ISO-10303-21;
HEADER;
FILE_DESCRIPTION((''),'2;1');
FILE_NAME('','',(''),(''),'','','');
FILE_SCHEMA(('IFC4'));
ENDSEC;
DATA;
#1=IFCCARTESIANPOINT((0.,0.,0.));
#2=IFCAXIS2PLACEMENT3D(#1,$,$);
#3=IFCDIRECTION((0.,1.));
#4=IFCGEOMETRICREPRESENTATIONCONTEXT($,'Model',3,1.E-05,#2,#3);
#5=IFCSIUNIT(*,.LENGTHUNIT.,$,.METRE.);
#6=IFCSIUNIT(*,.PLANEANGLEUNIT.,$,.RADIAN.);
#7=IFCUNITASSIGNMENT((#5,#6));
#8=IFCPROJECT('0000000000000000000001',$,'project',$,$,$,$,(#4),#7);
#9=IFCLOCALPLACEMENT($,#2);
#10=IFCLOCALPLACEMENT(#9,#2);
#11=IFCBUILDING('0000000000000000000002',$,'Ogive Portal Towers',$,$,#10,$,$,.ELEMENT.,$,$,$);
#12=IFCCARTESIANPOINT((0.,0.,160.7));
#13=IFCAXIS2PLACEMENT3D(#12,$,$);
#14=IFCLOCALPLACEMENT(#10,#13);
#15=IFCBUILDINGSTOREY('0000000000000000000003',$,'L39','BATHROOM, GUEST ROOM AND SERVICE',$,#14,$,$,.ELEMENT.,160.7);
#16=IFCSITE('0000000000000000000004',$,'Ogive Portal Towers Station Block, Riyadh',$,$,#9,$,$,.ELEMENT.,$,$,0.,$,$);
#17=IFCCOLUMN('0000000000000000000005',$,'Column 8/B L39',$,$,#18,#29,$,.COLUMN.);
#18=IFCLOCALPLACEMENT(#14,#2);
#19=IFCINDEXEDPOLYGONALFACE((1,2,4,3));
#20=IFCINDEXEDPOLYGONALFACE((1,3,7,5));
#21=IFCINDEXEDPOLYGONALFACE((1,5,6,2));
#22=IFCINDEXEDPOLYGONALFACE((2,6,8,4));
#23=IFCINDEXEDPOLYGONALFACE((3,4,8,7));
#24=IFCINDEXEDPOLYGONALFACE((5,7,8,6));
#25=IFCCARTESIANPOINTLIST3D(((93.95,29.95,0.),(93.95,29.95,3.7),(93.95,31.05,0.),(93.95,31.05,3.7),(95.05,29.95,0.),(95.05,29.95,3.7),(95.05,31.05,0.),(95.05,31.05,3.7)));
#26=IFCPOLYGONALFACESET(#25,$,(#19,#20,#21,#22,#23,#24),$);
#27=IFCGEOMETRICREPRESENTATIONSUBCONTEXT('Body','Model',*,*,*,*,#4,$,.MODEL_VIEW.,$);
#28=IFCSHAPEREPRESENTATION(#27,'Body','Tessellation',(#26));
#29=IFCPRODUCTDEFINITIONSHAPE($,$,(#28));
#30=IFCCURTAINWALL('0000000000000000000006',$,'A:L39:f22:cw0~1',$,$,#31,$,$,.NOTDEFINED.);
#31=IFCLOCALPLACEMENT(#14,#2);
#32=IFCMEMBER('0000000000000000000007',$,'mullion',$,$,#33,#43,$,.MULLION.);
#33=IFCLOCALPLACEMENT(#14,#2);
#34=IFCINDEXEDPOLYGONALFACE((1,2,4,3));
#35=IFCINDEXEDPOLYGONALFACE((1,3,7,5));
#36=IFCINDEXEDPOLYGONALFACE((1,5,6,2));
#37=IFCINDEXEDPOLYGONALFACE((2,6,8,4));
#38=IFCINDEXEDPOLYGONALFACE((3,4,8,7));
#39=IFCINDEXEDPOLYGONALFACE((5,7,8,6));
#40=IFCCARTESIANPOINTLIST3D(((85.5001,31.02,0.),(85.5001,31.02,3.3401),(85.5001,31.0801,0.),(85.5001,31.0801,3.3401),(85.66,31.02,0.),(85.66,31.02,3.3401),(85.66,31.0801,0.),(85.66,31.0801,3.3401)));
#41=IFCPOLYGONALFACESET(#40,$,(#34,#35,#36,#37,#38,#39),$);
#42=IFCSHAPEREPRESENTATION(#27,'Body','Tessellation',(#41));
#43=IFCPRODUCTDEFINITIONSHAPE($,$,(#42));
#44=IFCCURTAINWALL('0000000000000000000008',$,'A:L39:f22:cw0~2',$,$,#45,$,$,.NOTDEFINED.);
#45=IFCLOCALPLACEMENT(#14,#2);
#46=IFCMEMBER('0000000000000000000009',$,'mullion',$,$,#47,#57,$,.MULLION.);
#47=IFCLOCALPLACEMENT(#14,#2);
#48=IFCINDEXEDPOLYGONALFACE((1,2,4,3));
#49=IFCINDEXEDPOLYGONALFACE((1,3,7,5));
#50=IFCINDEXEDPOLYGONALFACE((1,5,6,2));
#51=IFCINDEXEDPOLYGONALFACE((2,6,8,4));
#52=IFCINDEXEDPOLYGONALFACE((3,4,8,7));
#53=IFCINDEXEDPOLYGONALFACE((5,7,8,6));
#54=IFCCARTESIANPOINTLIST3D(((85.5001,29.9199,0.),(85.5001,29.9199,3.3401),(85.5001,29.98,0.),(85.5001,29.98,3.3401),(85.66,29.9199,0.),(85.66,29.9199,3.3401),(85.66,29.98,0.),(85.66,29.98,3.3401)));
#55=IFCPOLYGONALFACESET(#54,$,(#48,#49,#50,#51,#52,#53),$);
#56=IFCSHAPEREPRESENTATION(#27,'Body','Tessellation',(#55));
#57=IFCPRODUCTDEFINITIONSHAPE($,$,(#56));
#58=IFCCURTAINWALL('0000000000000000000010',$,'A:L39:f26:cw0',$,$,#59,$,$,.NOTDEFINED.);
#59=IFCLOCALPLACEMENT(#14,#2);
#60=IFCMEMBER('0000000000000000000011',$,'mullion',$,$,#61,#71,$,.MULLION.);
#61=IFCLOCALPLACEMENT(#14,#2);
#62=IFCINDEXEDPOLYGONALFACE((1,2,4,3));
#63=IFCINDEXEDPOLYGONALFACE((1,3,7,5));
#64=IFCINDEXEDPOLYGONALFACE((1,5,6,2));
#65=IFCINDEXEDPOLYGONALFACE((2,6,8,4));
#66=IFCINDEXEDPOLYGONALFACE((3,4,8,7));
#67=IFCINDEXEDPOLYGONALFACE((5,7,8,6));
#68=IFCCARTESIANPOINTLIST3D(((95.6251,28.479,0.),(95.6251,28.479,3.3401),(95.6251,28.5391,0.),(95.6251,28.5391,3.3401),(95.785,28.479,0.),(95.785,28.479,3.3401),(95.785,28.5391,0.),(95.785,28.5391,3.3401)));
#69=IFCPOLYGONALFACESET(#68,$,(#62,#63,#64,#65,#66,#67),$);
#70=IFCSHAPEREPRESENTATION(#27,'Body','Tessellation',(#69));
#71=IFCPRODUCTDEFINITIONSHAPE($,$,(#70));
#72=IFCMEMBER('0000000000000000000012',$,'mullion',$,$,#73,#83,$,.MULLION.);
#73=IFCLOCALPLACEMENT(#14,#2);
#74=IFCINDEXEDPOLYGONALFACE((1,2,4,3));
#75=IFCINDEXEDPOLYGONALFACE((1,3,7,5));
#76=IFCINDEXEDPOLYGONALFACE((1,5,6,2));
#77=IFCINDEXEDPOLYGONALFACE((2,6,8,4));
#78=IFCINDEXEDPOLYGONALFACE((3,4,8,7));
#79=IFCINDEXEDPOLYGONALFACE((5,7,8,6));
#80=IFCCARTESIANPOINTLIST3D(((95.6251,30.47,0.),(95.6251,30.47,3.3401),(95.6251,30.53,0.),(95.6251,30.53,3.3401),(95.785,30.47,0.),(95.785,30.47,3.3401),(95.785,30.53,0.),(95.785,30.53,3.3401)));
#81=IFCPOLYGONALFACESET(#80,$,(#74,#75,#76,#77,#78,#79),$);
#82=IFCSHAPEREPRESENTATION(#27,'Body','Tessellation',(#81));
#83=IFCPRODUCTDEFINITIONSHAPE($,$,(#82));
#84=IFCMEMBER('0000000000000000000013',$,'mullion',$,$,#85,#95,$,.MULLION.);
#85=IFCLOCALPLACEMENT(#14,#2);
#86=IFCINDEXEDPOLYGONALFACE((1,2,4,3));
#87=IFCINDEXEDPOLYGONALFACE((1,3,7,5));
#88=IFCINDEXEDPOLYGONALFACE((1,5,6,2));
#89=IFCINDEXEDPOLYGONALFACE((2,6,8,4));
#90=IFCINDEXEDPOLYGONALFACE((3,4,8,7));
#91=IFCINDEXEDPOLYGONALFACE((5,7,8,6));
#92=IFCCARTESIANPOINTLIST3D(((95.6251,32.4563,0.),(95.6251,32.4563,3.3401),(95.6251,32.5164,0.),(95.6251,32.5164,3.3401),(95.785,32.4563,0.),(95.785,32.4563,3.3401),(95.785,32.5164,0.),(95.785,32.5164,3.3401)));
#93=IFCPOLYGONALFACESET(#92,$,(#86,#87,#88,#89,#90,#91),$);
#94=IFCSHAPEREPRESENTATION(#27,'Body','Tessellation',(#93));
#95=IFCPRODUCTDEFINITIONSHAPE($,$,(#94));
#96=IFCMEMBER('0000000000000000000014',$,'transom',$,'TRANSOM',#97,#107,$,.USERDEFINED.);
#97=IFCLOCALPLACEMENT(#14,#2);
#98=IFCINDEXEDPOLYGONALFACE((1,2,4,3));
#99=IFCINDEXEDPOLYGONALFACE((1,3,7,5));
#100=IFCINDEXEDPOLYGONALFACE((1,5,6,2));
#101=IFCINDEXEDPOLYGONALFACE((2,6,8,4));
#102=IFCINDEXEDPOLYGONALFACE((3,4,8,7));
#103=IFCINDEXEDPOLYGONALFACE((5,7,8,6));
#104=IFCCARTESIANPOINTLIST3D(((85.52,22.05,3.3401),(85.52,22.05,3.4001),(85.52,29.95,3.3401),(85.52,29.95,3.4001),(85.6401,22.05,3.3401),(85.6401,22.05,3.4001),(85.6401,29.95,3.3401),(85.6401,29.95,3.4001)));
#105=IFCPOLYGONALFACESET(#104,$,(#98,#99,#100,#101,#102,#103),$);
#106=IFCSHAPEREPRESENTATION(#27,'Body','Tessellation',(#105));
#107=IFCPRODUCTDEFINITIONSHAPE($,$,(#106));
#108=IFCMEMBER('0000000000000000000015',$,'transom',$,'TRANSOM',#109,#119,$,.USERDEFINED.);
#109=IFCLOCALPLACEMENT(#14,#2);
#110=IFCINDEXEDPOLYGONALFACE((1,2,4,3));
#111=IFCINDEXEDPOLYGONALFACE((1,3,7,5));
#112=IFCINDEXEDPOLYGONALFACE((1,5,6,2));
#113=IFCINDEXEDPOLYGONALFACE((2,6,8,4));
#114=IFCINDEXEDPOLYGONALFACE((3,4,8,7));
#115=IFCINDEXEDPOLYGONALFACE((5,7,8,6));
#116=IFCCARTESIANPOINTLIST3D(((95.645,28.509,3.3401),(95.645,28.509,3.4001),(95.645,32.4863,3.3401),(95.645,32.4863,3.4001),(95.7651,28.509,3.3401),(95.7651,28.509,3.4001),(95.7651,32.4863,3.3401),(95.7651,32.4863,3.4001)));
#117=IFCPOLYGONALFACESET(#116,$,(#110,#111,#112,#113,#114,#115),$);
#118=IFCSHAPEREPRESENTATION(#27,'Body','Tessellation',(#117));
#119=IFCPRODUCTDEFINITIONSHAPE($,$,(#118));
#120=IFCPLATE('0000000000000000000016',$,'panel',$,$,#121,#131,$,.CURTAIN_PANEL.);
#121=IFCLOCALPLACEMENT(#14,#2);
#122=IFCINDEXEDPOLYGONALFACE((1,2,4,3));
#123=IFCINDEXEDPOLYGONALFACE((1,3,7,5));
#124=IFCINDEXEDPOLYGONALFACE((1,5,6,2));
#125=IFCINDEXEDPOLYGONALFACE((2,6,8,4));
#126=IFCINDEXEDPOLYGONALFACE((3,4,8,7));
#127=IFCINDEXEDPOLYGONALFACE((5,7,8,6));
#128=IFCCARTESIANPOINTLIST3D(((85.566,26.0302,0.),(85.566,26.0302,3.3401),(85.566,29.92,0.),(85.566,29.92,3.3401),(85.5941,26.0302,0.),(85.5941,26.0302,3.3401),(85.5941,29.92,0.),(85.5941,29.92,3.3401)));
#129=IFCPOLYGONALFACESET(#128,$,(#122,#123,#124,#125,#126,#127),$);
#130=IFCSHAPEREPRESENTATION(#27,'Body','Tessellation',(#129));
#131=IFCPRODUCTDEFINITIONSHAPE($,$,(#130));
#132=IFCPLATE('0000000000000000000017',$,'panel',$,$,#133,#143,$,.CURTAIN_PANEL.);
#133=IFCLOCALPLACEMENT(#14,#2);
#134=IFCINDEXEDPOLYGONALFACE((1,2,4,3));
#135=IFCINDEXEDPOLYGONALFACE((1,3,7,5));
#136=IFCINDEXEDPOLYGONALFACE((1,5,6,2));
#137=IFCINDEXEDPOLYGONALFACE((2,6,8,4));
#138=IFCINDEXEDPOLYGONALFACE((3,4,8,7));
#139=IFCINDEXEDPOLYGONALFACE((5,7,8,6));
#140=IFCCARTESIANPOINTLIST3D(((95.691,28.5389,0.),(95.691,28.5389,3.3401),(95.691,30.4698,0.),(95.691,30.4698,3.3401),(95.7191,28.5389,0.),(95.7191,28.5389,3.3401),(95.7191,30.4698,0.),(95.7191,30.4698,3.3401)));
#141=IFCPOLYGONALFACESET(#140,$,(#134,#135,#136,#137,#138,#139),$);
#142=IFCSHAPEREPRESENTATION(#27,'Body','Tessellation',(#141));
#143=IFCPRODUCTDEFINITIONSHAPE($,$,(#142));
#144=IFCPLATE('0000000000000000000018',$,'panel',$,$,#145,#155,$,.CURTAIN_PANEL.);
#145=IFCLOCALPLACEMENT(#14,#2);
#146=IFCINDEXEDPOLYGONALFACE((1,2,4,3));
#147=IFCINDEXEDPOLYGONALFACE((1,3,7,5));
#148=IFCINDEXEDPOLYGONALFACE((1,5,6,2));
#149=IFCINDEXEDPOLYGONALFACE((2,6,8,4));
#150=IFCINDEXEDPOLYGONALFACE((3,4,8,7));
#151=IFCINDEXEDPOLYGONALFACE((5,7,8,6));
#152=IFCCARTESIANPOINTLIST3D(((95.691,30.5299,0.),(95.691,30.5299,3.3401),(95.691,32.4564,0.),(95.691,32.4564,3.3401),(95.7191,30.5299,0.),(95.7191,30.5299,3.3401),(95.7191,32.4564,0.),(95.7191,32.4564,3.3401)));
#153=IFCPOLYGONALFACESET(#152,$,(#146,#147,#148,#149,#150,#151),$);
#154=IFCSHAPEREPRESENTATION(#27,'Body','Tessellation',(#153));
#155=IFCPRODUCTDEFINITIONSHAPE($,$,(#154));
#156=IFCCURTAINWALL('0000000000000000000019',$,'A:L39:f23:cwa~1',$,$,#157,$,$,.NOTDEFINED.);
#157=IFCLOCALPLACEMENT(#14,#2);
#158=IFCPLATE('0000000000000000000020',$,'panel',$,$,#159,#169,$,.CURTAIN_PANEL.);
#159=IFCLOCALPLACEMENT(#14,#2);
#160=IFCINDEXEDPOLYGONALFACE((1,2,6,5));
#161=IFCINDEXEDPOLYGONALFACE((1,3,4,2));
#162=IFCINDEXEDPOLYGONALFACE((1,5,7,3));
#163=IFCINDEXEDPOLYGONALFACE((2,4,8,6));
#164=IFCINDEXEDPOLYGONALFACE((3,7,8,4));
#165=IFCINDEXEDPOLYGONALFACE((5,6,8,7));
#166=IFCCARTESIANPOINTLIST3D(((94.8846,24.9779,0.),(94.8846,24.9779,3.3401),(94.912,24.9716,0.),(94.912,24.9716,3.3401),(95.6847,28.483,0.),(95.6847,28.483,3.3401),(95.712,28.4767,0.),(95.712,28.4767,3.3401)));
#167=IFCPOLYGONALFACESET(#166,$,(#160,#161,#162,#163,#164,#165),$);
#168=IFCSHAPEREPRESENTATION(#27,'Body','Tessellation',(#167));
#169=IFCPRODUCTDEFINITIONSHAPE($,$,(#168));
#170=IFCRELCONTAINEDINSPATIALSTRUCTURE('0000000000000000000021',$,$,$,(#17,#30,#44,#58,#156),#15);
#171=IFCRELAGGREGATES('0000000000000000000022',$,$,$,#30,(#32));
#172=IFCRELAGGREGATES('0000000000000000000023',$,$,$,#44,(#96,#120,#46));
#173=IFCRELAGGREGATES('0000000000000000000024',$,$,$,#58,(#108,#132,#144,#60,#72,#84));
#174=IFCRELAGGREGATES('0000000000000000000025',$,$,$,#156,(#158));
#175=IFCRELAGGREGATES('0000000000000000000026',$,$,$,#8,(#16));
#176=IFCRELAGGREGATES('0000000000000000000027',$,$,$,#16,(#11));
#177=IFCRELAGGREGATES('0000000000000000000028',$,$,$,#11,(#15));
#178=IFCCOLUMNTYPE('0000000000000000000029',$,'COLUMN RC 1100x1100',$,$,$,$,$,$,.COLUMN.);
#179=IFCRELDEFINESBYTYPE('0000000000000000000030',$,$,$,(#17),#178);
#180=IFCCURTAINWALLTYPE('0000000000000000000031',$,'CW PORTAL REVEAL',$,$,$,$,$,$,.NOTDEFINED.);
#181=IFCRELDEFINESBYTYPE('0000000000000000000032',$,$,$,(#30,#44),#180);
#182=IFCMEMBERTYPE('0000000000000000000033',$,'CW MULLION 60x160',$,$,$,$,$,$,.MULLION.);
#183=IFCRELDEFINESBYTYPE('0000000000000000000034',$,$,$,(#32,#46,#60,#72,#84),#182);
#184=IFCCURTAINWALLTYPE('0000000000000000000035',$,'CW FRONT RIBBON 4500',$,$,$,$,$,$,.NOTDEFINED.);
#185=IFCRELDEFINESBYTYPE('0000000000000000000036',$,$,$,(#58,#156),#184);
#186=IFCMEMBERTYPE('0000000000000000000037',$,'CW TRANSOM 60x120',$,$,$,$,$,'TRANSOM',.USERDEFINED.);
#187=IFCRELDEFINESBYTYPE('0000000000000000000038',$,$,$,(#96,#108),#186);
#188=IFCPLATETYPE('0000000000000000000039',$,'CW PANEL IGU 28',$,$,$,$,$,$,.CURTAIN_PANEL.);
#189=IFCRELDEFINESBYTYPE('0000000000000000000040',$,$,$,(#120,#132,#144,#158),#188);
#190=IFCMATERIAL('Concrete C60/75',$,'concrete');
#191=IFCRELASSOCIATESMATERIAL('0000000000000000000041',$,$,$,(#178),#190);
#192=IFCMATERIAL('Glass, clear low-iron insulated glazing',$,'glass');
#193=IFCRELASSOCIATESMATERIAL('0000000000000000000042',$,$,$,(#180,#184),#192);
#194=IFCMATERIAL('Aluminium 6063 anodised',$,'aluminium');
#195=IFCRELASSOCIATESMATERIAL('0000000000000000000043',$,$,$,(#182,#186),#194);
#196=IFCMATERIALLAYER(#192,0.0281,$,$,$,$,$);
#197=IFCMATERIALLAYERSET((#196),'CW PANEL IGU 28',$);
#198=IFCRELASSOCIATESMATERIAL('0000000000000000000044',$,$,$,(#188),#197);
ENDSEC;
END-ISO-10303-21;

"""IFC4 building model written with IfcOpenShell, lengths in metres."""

from ifc_helpers import new_model, si_unit, direction, frame, origin, origin_2d, place, context, subcontext, project, spatial, rectangle, extrude, material, layer, layer_set, material_profile, profile_set, type_object, element, aggregate, save


model = new_model("IFC4")

# Units and contexts
model_context = context("Model", 3, precision=1e-05, world=origin(), true_north=direction((0.0, 1.0)))
body_context = subcontext(model_context, "Body", "Model", "MODEL_VIEW")
ifc_project = project(units=[si_unit("LENGTHUNIT", "METRE"), si_unit("PLANEANGLEUNIT", "RADIAN")], contexts=[model_context])

# Site, building, storey
site_placement = place(None, origin())
site = spatial("IfcSite", under=ifc_project, at=site_placement, Name="Ogive Portal Towers Station Block, Riyadh", CompositionType="ELEMENT", RefElevation=0.0)
building_placement = place(site_placement, origin())
building = spatial("IfcBuilding", under=site, at=building_placement, Name="Ogive Portal Towers", CompositionType="ELEMENT")
storey_placement = place(building_placement, frame((0.0, 0.0, 160.7)))
storey = spatial("IfcBuildingStorey", under=building, at=storey_placement, Name="L39", Description="BATHROOM, GUEST ROOM AND SERVICE", CompositionType="ELEMENT", Elevation=160.7)

# Column
ifc_material_1 = material(Name="Concrete C60/75", Category="concrete")
ifc_material_profile_1 = material_profile(ifc_material_1, rectangle(XDim=1.1001, YDim=1.1001, at=origin_2d()), Name="RC 1100x1100")
ifc_profile_set_1 = profile_set([ifc_material_profile_1], Name="Concrete C60/75")
column_type = type_object("IfcColumnType", Name="COLUMN RC 1100x1100", PredefinedType="COLUMN", material=ifc_profile_set_1)
column_placement = place(storey_placement, frame((94.5, 30.5, 0.0), z_axis=(0.0, 0.0, 1.0), x_axis=(1.0, 0.0, 0.0)))
element("IfcColumn", 1, at=column_placement, inside=storey, type_object=column_type, Name="Column 8/B L39", PredefinedType="COLUMN", context=body_context, shape_type="SweptSolid", body=[
    extrude(rectangle(XDim=1.1001, YDim=1.1001, at=origin_2d()), origin(), (0.0, 0.0, 1.0), 3.7),
])

# Curtain walls, members
ifc_material_2 = material(Name="Glass, clear low-iron insulated glazing", Category="glass")
curtain_wall_type_1 = type_object("IfcCurtainWallType", Name="CW PORTAL REVEAL", PredefinedType="NOTDEFINED", material=ifc_material_2)
curtain_wall_1_placement = place(storey_placement, origin())
curtain_wall_1 = element("IfcCurtainWall", 2, at=curtain_wall_1_placement, inside=storey, type_object=curtain_wall_type_1, Name="A:L39:f22:cw0~1", PredefinedType="NOTDEFINED")
ifc_material_3 = material(Name="Aluminium 6063 anodised", Category="aluminium")
ifc_material_profile_2 = material_profile(ifc_material_3, rectangle(XDim=0.1599, YDim=0.0601, at=origin_2d()), Name="AL 60x160")
ifc_profile_set_2 = profile_set([ifc_material_profile_2], Name="Aluminium 6063 anodised")
member_type_1 = type_object("IfcMemberType", Name="CW MULLION 60x160", PredefinedType="MULLION", material=ifc_profile_set_2)
member_1_placement = place(storey_placement, frame((85.5801, 31.05, 0.0), z_axis=(0.0, 0.0, 1.0), x_axis=(1.0, 0.0, 0.0)))
member_1 = element("IfcMember", 3, at=member_1_placement, type_object=member_type_1, Name="mullion", PredefinedType="MULLION", context=body_context, shape_type="SweptSolid", body=[
    extrude(rectangle(XDim=0.1599, YDim=0.0601, at=origin_2d()), origin(), (0.0, 0.0, 1.0), 3.3401),
])
aggregate(curtain_wall_1, [member_1])
curtain_wall_2_placement = place(storey_placement, origin())
curtain_wall_2 = element("IfcCurtainWall", 4, at=curtain_wall_2_placement, inside=storey, type_object=curtain_wall_type_1, Name="A:L39:f22:cw0~2", PredefinedType="NOTDEFINED")
member_2_placement = place(storey_placement, frame((85.5801, 29.95, 0.0), z_axis=(0.0, 0.0, 1.0), x_axis=(1.0, 0.0, 0.0)))
member_2 = element("IfcMember", 5, at=member_2_placement, type_object=member_type_1, Name="mullion", PredefinedType="MULLION", context=body_context, shape_type="SweptSolid", body=[
    extrude(rectangle(XDim=0.1599, YDim=0.0601, at=origin_2d()), origin(), (0.0, 0.0, 1.0), 3.3401),
])

# Curtain wall, members
curtain_wall_type_2 = type_object("IfcCurtainWallType", Name="CW FRONT RIBBON 4500", PredefinedType="NOTDEFINED", material=ifc_material_2)
curtain_wall_3_placement = place(storey_placement, origin())
curtain_wall_3 = element("IfcCurtainWall", 6, at=curtain_wall_3_placement, inside=storey, type_object=curtain_wall_type_2, Name="A:L39:f26:cw0", PredefinedType="NOTDEFINED")
member_3_placement = place(storey_placement, frame((95.7051, 28.509, 0.0), z_axis=(0.0, 0.0, 1.0), x_axis=(-1.0, 0.0, 0.0)))
member_3 = element("IfcMember", 7, at=member_3_placement, type_object=member_type_1, Name="mullion", PredefinedType="MULLION", context=body_context, shape_type="SweptSolid", body=[
    extrude(rectangle(XDim=0.1599, YDim=0.0601, at=origin_2d()), origin(), (0.0, 0.0, 1.0), 3.3401),
])
member_4_placement = place(storey_placement, frame((95.7051, 30.5, 0.0), z_axis=(0.0, 0.0, 1.0), x_axis=(-1.0, 0.0, 0.0)))
member_4 = element("IfcMember", 8, at=member_4_placement, type_object=member_type_1, Name="mullion", PredefinedType="MULLION", context=body_context, shape_type="SweptSolid", body=[
    extrude(rectangle(XDim=0.1599, YDim=0.0601, at=origin_2d()), origin(), (0.0, 0.0, 1.0), 3.3401),
])
member_5_placement = place(storey_placement, frame((95.7051, 32.4863, 0.0), z_axis=(0.0, 0.0, 1.0), x_axis=(-1.0, 0.0, 0.0)))
member_5 = element("IfcMember", 9, at=member_5_placement, type_object=member_type_1, Name="mullion", PredefinedType="MULLION", context=body_context, shape_type="SweptSolid", body=[
    extrude(rectangle(XDim=0.1599, YDim=0.0601, at=origin_2d()), origin(), (0.0, 0.0, 1.0), 3.3401),
])

# Members
ifc_material_profile_3 = material_profile(ifc_material_3, rectangle(XDim=0.1201, YDim=0.0601, at=origin_2d()), Name="AL 120x60")
ifc_profile_set_3 = profile_set([ifc_material_profile_3], Name="Aluminium 6063 anodised")
member_type_2 = type_object("IfcMemberType", Name="CW TRANSOM 60x120", ElementType="TRANSOM", PredefinedType="USERDEFINED", material=ifc_profile_set_3)
member_6_placement = place(storey_placement, frame((85.5801, 29.95, 3.3701), z_axis=(0.0, -1.0, 0.0), x_axis=(1.0, 0.0, 0.0)))
member_6 = element("IfcMember", 10, at=member_6_placement, type_object=member_type_2, Name="transom", ObjectType="TRANSOM", PredefinedType="USERDEFINED", context=body_context, shape_type="SweptSolid", body=[
    extrude(rectangle(XDim=0.1201, YDim=0.0601, at=origin_2d()), origin(), (0.0, 0.0, 1.0), 7.8999),
])
member_7_placement = place(storey_placement, frame((95.7051, 28.509, 3.3701), z_axis=(0.0, 1.0, 0.0), x_axis=(-1.0, 0.0, 0.0)))
member_7 = element("IfcMember", 11, at=member_7_placement, type_object=member_type_2, Name="transom", ObjectType="TRANSOM", PredefinedType="USERDEFINED", context=body_context, shape_type="SweptSolid", body=[
    extrude(rectangle(XDim=0.1201, YDim=0.0601, at=origin_2d()), origin(), (0.0, 0.0, 1.0), 3.9773),
])

# Plates
ifc_layer_1 = layer(ifc_material_2, 0.0281)
ifc_layer_set_1 = layer_set([ifc_layer_1], Name="CW PANEL IGU 28")
plate_type = type_object("IfcPlateType", Name="CW PANEL IGU 28", PredefinedType="CURTAIN_PANEL", material=ifc_layer_set_1)
plate_1_placement = place(storey_placement, frame((85.5801, 27.9751, 0.0), z_axis=(0.0, 0.0, 1.0), x_axis=(0.0, -1.0, 0.0)))
plate_1 = element("IfcPlate", 12, at=plate_1_placement, type_object=plate_type, Name="panel", PredefinedType="CURTAIN_PANEL", context=body_context, shape_type="SweptSolid", body=[
    extrude(rectangle(XDim=3.8899, YDim=0.0281, at=origin_2d()), origin(), (0.0, 0.0, 1.0), 3.3401),
])
aggregate(curtain_wall_2, [member_6, plate_1, member_2])
plate_2_placement = place(storey_placement, frame((95.7051, 29.5044, 0.0), z_axis=(0.0, 0.0, 1.0), x_axis=(0.0, 1.0, 0.0)))
plate_2 = element("IfcPlate", 13, at=plate_2_placement, type_object=plate_type, Name="panel", PredefinedType="CURTAIN_PANEL", context=body_context, shape_type="SweptSolid", body=[
    extrude(rectangle(XDim=1.9309, YDim=0.0281, at=origin_2d()), origin(), (0.0, 0.0, 1.0), 3.3401),
])
plate_3_placement = place(storey_placement, frame((95.7051, 31.4932, 0.0), z_axis=(0.0, 0.0, 1.0), x_axis=(0.0, 1.0, 0.0)))
plate_3 = element("IfcPlate", 14, at=plate_3_placement, type_object=plate_type, Name="panel", PredefinedType="CURTAIN_PANEL", context=body_context, shape_type="SweptSolid", body=[
    extrude(rectangle(XDim=1.9265, YDim=0.0281, at=origin_2d()), origin(), (0.0, 0.0, 1.0), 3.3401),
])
aggregate(curtain_wall_3, [member_7, plate_2, plate_3, member_3, member_4, member_5])

# Curtain wall, plate
curtain_wall_4_placement = place(storey_placement, origin())
curtain_wall_4 = element("IfcCurtainWall", 15, at=curtain_wall_4_placement, inside=storey, type_object=curtain_wall_type_2, Name="A:L39:f23:cwa~1", PredefinedType="NOTDEFINED")
plate_4_placement = place(storey_placement, frame((95.2983, 26.7273, 0.0), z_axis=(0.0, 0.0, 1.0), x_axis=(0.222521, 0.974928, 0.0)))
plate_4 = element("IfcPlate", 16, at=plate_4_placement, type_object=plate_type, Name="panel", PredefinedType="CURTAIN_PANEL", context=body_context, shape_type="SweptSolid", body=[
    extrude(rectangle(XDim=3.5952, YDim=0.0281, at=origin_2d()), origin(), (0.0, 0.0, 1.0), 3.3401),
])
aggregate(curtain_wall_4, [plate_4])

save(model, "model.ifc")
